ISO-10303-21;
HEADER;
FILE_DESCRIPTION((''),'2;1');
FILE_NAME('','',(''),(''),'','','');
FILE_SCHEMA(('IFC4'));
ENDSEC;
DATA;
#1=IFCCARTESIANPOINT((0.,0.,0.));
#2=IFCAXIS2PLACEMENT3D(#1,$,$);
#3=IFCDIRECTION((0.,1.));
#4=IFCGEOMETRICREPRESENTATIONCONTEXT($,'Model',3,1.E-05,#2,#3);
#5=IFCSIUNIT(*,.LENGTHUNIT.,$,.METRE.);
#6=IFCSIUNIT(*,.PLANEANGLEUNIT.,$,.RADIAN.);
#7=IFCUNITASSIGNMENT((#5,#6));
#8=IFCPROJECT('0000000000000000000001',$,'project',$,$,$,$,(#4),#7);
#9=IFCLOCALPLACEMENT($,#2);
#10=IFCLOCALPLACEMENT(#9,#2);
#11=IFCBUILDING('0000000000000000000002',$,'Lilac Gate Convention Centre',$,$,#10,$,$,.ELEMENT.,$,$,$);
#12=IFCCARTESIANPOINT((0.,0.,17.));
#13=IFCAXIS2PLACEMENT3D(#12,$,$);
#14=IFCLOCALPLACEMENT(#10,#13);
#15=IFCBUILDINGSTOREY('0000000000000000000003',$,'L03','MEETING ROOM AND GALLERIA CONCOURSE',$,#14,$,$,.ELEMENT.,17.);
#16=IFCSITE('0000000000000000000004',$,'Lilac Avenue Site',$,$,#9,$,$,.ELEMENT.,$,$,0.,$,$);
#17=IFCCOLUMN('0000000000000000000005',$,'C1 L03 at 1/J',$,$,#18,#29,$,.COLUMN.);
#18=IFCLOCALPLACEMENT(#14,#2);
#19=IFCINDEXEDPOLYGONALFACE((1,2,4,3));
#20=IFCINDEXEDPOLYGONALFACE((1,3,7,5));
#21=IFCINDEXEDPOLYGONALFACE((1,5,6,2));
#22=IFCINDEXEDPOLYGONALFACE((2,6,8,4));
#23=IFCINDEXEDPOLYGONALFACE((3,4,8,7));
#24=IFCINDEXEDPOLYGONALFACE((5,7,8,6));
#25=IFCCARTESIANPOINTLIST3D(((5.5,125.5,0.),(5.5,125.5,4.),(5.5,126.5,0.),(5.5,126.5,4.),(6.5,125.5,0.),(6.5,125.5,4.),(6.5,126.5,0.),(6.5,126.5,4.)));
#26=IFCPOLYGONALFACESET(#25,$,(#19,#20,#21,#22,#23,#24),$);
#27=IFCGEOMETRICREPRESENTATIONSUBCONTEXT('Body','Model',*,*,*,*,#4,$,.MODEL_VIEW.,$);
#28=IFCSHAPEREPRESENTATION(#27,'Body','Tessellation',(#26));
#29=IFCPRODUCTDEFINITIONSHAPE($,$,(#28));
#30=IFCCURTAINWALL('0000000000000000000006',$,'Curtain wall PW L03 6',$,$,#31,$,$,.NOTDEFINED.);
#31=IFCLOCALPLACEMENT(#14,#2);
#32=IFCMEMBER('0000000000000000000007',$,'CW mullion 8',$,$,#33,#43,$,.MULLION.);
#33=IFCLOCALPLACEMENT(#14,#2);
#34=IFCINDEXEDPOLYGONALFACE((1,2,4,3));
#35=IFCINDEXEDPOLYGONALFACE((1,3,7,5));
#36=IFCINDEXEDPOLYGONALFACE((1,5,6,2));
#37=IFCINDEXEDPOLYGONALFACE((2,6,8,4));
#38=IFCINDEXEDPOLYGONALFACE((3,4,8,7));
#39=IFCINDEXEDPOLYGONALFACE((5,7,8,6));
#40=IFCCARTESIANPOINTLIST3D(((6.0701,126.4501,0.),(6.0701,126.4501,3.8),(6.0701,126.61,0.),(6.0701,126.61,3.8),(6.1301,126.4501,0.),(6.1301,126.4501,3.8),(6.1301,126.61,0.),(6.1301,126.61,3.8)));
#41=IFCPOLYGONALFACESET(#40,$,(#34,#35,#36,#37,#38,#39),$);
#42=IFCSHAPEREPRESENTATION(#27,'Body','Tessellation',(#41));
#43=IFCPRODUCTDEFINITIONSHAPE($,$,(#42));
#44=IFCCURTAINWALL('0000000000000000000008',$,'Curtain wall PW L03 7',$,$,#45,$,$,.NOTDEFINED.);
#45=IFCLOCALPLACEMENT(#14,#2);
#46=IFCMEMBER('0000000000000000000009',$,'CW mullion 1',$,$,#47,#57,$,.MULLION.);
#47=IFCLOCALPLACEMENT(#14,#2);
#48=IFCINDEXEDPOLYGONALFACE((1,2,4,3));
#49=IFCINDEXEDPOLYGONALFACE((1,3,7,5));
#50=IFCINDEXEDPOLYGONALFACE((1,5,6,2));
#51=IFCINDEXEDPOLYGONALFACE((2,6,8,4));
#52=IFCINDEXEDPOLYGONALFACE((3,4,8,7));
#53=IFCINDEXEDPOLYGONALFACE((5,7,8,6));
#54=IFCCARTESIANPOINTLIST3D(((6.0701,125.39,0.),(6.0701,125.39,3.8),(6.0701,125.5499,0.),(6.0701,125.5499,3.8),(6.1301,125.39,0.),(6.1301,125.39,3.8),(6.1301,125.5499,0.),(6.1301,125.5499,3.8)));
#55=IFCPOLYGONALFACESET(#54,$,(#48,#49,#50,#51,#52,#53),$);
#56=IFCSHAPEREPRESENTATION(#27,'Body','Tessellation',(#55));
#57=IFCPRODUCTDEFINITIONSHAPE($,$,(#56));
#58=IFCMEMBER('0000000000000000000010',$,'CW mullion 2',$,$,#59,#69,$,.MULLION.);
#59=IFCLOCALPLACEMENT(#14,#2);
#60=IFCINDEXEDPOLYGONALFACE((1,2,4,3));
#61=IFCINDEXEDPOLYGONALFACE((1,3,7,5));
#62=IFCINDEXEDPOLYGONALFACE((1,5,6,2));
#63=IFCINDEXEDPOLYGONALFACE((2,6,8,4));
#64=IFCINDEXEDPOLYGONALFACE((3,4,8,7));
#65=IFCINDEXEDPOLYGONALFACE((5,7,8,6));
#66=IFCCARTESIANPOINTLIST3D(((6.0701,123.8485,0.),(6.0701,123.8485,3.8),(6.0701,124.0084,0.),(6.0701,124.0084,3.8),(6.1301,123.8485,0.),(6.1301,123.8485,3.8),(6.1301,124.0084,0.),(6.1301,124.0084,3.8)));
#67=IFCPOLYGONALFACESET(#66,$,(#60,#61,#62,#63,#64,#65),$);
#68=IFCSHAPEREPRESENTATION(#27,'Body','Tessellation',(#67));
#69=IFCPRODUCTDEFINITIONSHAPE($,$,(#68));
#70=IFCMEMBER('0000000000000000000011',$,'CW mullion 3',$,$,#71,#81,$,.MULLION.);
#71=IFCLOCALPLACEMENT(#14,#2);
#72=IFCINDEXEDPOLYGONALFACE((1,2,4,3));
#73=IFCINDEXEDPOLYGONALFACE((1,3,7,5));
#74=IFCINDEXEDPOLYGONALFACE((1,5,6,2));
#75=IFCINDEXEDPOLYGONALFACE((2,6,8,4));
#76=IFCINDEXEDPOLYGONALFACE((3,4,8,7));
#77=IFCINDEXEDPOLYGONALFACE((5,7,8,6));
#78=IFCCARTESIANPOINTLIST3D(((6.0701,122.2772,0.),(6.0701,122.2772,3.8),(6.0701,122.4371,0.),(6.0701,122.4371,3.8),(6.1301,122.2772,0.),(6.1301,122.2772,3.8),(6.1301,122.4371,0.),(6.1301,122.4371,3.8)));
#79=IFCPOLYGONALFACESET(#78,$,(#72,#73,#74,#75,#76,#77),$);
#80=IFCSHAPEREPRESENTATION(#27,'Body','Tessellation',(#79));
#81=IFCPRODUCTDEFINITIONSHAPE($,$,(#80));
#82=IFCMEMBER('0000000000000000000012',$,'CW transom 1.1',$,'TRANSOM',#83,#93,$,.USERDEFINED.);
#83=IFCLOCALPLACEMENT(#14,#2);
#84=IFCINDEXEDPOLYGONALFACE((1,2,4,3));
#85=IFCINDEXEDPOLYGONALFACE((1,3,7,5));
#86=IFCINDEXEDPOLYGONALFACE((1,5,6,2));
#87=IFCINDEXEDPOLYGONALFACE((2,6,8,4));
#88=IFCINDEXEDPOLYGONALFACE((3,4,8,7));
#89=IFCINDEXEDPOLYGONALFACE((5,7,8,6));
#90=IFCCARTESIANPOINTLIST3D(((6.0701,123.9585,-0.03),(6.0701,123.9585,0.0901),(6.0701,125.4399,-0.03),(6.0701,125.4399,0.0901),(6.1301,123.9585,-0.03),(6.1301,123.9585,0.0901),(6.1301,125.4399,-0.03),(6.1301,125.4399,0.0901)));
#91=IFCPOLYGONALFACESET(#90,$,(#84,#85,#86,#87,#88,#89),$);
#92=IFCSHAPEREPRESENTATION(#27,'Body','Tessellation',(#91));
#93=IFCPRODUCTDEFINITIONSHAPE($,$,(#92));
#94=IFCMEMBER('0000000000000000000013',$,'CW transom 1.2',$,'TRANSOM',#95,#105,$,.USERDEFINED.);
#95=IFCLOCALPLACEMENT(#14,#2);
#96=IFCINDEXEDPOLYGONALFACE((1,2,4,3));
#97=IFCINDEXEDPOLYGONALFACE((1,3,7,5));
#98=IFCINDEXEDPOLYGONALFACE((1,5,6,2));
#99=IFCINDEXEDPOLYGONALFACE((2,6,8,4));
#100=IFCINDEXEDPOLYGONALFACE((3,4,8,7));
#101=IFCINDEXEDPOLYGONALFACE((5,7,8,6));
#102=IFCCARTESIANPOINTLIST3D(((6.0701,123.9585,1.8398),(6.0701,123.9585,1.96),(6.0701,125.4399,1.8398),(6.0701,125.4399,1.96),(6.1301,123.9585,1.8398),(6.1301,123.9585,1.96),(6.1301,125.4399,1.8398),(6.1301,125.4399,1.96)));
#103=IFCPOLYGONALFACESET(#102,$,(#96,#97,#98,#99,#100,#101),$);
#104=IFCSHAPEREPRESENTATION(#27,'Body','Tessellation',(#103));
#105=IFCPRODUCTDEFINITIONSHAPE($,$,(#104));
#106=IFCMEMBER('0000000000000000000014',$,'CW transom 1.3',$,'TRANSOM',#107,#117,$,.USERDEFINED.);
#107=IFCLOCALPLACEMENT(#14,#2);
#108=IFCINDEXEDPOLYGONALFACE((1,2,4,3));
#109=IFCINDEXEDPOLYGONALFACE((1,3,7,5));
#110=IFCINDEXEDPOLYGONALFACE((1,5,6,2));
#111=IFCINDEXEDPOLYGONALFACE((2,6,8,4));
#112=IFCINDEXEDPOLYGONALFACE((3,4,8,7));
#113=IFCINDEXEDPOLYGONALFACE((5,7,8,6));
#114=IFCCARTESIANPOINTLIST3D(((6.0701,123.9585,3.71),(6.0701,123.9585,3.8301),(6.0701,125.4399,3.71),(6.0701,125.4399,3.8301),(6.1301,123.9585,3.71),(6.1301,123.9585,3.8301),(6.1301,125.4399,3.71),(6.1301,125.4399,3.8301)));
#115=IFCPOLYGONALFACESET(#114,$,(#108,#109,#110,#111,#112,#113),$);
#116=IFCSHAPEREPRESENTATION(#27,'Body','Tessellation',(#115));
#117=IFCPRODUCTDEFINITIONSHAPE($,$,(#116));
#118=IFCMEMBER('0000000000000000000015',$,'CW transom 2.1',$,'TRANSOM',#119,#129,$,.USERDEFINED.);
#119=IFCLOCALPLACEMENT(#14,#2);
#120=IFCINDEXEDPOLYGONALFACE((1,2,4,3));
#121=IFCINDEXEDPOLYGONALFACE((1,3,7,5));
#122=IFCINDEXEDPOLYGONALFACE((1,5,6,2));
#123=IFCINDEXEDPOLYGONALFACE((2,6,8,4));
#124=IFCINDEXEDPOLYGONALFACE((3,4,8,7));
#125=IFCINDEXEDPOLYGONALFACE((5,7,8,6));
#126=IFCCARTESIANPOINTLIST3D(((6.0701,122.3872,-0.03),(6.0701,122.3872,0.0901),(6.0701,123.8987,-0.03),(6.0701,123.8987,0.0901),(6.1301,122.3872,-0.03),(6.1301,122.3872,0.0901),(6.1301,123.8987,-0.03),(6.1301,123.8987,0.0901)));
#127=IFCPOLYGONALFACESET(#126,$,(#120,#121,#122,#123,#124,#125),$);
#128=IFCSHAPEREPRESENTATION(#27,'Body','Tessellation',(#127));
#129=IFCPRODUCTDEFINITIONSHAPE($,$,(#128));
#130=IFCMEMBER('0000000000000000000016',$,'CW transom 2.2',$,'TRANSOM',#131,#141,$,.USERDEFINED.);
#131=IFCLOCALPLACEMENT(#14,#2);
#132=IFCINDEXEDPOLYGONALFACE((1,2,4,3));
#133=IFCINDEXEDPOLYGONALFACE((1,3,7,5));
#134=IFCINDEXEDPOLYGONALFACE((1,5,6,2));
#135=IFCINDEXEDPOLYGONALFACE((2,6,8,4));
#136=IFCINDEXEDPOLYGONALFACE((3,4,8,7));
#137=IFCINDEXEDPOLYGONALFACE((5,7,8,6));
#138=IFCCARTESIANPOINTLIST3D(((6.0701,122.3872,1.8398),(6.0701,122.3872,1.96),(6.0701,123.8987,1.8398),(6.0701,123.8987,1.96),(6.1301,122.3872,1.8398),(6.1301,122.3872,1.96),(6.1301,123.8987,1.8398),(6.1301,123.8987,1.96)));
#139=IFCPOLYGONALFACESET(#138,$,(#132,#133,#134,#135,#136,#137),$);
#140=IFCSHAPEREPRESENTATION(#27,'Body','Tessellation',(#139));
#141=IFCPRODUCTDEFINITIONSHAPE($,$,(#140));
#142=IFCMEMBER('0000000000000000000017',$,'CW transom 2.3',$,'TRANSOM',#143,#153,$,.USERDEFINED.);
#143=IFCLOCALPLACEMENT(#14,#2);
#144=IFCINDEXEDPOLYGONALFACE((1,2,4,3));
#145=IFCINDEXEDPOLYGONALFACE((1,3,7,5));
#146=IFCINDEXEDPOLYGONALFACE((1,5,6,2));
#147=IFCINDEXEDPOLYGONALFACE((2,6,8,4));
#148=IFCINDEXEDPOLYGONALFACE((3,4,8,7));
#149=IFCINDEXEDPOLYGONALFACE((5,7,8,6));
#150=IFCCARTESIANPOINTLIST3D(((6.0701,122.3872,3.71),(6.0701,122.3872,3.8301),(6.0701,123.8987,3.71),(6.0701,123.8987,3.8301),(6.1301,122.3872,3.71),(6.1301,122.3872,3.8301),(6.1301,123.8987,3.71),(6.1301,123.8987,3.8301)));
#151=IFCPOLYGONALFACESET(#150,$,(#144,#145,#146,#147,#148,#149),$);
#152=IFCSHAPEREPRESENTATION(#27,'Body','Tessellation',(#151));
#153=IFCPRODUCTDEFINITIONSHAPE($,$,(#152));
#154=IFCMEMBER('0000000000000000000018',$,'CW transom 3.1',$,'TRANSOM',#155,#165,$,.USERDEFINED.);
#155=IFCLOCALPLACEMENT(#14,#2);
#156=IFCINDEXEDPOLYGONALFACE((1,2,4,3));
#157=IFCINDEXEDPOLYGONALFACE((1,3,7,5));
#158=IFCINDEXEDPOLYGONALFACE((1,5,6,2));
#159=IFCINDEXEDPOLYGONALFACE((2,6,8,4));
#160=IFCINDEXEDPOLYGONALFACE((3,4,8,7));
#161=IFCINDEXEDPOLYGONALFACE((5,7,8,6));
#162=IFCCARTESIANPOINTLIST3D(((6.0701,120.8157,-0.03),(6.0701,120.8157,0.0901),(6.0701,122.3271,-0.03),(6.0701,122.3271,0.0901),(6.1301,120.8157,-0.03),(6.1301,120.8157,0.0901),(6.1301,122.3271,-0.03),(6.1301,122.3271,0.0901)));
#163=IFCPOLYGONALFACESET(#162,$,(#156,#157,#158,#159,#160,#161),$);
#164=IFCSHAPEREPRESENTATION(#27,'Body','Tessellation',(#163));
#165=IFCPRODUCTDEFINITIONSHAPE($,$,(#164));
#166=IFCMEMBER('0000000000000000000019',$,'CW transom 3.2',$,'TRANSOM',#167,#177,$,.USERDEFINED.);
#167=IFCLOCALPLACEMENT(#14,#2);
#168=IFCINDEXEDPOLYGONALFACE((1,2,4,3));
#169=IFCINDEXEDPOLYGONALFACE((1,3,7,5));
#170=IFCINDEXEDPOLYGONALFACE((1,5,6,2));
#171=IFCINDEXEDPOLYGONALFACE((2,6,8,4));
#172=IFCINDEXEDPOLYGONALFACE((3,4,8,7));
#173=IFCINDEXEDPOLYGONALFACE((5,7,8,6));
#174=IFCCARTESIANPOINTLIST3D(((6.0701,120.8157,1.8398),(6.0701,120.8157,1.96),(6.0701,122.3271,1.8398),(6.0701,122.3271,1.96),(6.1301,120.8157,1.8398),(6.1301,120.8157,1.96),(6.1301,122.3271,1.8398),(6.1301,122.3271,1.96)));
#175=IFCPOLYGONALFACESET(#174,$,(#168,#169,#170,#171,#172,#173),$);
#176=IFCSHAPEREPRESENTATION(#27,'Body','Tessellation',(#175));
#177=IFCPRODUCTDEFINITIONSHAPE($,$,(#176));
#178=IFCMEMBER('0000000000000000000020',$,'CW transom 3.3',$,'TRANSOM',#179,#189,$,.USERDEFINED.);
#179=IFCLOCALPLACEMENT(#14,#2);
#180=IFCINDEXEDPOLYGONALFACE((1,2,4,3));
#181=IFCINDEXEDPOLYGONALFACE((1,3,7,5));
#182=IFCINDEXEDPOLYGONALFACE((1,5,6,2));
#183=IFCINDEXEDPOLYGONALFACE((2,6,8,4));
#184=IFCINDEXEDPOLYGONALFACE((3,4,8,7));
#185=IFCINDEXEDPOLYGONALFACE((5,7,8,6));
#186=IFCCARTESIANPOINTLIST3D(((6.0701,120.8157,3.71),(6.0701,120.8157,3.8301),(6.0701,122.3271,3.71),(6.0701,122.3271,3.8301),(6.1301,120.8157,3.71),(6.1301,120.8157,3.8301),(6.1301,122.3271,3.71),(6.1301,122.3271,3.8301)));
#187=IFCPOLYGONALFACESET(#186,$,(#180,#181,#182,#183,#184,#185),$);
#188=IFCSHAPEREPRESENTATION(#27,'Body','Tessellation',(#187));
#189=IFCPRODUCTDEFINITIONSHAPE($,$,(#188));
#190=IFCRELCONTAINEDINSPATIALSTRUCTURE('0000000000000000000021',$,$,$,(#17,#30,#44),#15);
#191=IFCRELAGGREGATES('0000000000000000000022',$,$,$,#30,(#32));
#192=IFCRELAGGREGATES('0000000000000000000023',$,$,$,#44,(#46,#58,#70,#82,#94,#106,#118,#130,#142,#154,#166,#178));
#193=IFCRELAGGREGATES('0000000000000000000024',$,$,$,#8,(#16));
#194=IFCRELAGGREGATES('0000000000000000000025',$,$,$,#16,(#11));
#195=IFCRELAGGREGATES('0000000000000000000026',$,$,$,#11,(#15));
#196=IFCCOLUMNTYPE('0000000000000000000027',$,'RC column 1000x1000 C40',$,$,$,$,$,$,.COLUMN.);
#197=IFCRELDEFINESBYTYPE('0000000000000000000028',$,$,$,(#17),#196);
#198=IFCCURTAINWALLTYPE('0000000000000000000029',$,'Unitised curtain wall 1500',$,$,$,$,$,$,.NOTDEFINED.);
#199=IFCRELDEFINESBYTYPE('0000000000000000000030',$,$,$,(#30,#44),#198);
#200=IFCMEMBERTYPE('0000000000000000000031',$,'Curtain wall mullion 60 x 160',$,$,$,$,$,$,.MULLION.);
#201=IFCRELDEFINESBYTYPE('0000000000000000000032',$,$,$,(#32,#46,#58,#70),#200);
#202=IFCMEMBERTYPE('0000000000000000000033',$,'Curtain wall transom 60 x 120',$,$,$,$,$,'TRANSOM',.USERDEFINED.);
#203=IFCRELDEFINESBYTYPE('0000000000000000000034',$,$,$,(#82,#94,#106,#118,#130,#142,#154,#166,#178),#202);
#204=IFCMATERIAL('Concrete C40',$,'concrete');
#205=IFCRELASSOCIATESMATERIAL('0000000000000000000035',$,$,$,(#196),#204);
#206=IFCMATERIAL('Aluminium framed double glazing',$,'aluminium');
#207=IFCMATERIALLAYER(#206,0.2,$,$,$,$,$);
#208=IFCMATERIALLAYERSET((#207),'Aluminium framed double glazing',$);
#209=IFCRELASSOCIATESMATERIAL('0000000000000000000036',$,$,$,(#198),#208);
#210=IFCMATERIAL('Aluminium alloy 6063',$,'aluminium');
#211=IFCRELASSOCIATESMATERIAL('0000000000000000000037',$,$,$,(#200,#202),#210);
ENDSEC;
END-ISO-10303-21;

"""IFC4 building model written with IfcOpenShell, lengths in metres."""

from ifc_helpers import new_model, si_unit, direction, frame, origin, origin_2d, place, context, subcontext, project, spatial, rectangle, extrude, material, layer, layer_set, material_profile, profile_set, type_object, element, aggregate, save


model = new_model("IFC4")

# Units and contexts
model_context = context("Model", 3, precision=1e-05, world=origin(), true_north=direction((0.0, 1.0)))
body_context = subcontext(model_context, "Body", "Model", "MODEL_VIEW")
ifc_project = project(units=[si_unit("LENGTHUNIT", "METRE"), si_unit("PLANEANGLEUNIT", "RADIAN")], contexts=[model_context])

# Site, building, storey
site_placement = place(None, origin())
site = spatial("IfcSite", under=ifc_project, at=site_placement, Name="Lilac Avenue Site", CompositionType="ELEMENT", RefElevation=0.0)
building_placement = place(site_placement, origin())
building = spatial("IfcBuilding", under=site, at=building_placement, Name="Lilac Gate Convention Centre", CompositionType="ELEMENT")
storey_placement = place(building_placement, frame((0.0, 0.0, 17.0)))
storey = spatial("IfcBuildingStorey", under=building, at=storey_placement, Name="L03", Description="MEETING ROOM AND GALLERIA CONCOURSE", CompositionType="ELEMENT", Elevation=17.0)

# Column
ifc_material_1 = material(Name="Concrete C40", Category="concrete")
ifc_material_profile_1 = material_profile(ifc_material_1, rectangle(XDim=1.0, YDim=1.0, at=origin_2d()), Name="RC 1000x1000")
ifc_profile_set_1 = profile_set([ifc_material_profile_1], Name="Concrete C40")
column_type = type_object("IfcColumnType", Name="RC column 1000x1000 C40", PredefinedType="COLUMN", material=ifc_profile_set_1)
column_placement = place(storey_placement, frame((6.0, 126.0, 0.0), z_axis=(0.0, 0.0, 1.0), x_axis=(1.0, 0.0, 0.0)))
element("IfcColumn", 1, at=column_placement, inside=storey, type_object=column_type, Name="C1 L03 at 1/J", PredefinedType="COLUMN", context=body_context, shape_type="SweptSolid", body=[
    extrude(rectangle(XDim=1.0, YDim=1.0, at=origin_2d()), origin(), (0.0, 0.0, 1.0), 4.0),
])

# Curtain wall, member
ifc_material_2 = material(Name="Aluminium framed double glazing", Category="aluminium")
ifc_layer_1 = layer(ifc_material_2, 0.2)
ifc_layer_set_1 = layer_set([ifc_layer_1], Name="Aluminium framed double glazing")
curtain_wall_type = type_object("IfcCurtainWallType", Name="Unitised curtain wall 1500", PredefinedType="NOTDEFINED", material=ifc_layer_set_1)
curtain_wall_1_placement = place(storey_placement, origin())
curtain_wall_1 = element("IfcCurtainWall", 2, at=curtain_wall_1_placement, inside=storey, type_object=curtain_wall_type, Name="Curtain wall PW L03 6", PredefinedType="NOTDEFINED")
ifc_material_3 = material(Name="Aluminium alloy 6063", Category="aluminium")
ifc_material_profile_2 = material_profile(ifc_material_3, rectangle(XDim=0.0601, YDim=0.1599, at=origin_2d()), Name="Curtain wall mullion 60 x 160")
ifc_profile_set_2 = profile_set([ifc_material_profile_2], Name="Aluminium alloy 6063")
member_type_1 = type_object("IfcMemberType", Name="Curtain wall mullion 60 x 160", PredefinedType="MULLION", material=ifc_profile_set_2)
member_1_placement = place(storey_placement, frame((6.1001, 126.53, 0.0), z_axis=(0.0, 0.0, 1.0), x_axis=(1.0, 0.0, 0.0)))
member_1 = element("IfcMember", 3, at=member_1_placement, type_object=member_type_1, Name="CW mullion 8", PredefinedType="MULLION", context=body_context, shape_type="SweptSolid", body=[
    extrude(rectangle(XDim=0.0601, YDim=0.1599, at=origin_2d()), origin(), (0.0, 0.0, 1.0), 3.8),
])

# Curtain wall, members
curtain_wall_2_placement = place(storey_placement, origin())
curtain_wall_2 = element("IfcCurtainWall", 4, at=curtain_wall_2_placement, inside=storey, type_object=curtain_wall_type, Name="Curtain wall PW L03 7", PredefinedType="NOTDEFINED")
member_2_placement = place(storey_placement, frame((6.1001, 125.47, 0.0), z_axis=(0.0, 0.0, 1.0), x_axis=(1.0, 0.0, 0.0)))
member_2 = element("IfcMember", 5, at=member_2_placement, type_object=member_type_1, Name="CW mullion 1", PredefinedType="MULLION", context=body_context, shape_type="SweptSolid", body=[
    extrude(rectangle(XDim=0.0601, YDim=0.1599, at=origin_2d()), origin(), (0.0, 0.0, 1.0), 3.8),
])
member_3_placement = place(storey_placement, frame((6.1001, 123.9285, 0.0), z_axis=(0.0, 0.0, 1.0), x_axis=(1.0, 0.0, 0.0)))
member_3 = element("IfcMember", 6, at=member_3_placement, type_object=member_type_1, Name="CW mullion 2", PredefinedType="MULLION", context=body_context, shape_type="SweptSolid", body=[
    extrude(rectangle(XDim=0.0601, YDim=0.1599, at=origin_2d()), origin(), (0.0, 0.0, 1.0), 3.8),
])
member_4_placement = place(storey_placement, frame((6.1001, 122.3572, 0.0), z_axis=(0.0, 0.0, 1.0), x_axis=(1.0, 0.0, 0.0)))
member_4 = element("IfcMember", 7, at=member_4_placement, type_object=member_type_1, Name="CW mullion 3", PredefinedType="MULLION", context=body_context, shape_type="SweptSolid", body=[
    extrude(rectangle(XDim=0.0601, YDim=0.1599, at=origin_2d()), origin(), (0.0, 0.0, 1.0), 3.8),
])
ifc_material_profile_3 = material_profile(ifc_material_3, rectangle(XDim=0.0601, YDim=0.1201, at=origin_2d()), Name="Curtain wall transom 60 x 120")
ifc_profile_set_3 = profile_set([ifc_material_profile_3], Name="Aluminium alloy 6063")
member_type_2 = type_object("IfcMemberType", Name="Curtain wall transom 60 x 120", ElementType="TRANSOM", PredefinedType="USERDEFINED", material=ifc_profile_set_3)
member_5_placement = place(storey_placement, frame((6.1001, 125.4399, 0.03), z_axis=(0.0, -1.0, 0.0), x_axis=(1.0, 0.0, 0.0)))
member_5 = element("IfcMember", 8, at=member_5_placement, type_object=member_type_2, Name="CW transom 1.1", ObjectType="TRANSOM", PredefinedType="USERDEFINED", context=body_context, shape_type="SweptSolid", body=[
    extrude(rectangle(XDim=0.0601, YDim=0.1201, at=origin_2d()), origin(), (0.0, 0.0, 1.0), 1.4814),
])
member_6_placement = place(storey_placement, frame((6.1001, 125.4399, 1.8999), z_axis=(0.0, -1.0, 0.0), x_axis=(1.0, 0.0, 0.0)))
member_6 = element("IfcMember", 9, at=member_6_placement, type_object=member_type_2, Name="CW transom 1.2", ObjectType="TRANSOM", PredefinedType="USERDEFINED", context=body_context, shape_type="SweptSolid", body=[
    extrude(rectangle(XDim=0.0601, YDim=0.1201, at=origin_2d()), origin(), (0.0, 0.0, 1.0), 1.4814),
])
member_7_placement = place(storey_placement, frame((6.1001, 125.4399, 3.77), z_axis=(0.0, -1.0, 0.0), x_axis=(1.0, 0.0, 0.0)))
member_7 = element("IfcMember", 10, at=member_7_placement, type_object=member_type_2, Name="CW transom 1.3", ObjectType="TRANSOM", PredefinedType="USERDEFINED", context=body_context, shape_type="SweptSolid", body=[
    extrude(rectangle(XDim=0.0601, YDim=0.1201, at=origin_2d()), origin(), (0.0, 0.0, 1.0), 1.4814),
])
member_8_placement = place(storey_placement, frame((6.1001, 123.8987, 0.03), z_axis=(0.0, -1.0, 0.0), x_axis=(1.0, 0.0, 0.0)))
member_8 = element("IfcMember", 11, at=member_8_placement, type_object=member_type_2, Name="CW transom 2.1", ObjectType="TRANSOM", PredefinedType="USERDEFINED", context=body_context, shape_type="SweptSolid", body=[
    extrude(rectangle(XDim=0.0601, YDim=0.1201, at=origin_2d()), origin(), (0.0, 0.0, 1.0), 1.5115),
])
member_9_placement = place(storey_placement, frame((6.1001, 123.8987, 1.8999), z_axis=(0.0, -1.0, 0.0), x_axis=(1.0, 0.0, 0.0)))
member_9 = element("IfcMember", 12, at=member_9_placement, type_object=member_type_2, Name="CW transom 2.2", ObjectType="TRANSOM", PredefinedType="USERDEFINED", context=body_context, shape_type="SweptSolid", body=[
    extrude(rectangle(XDim=0.0601, YDim=0.1201, at=origin_2d()), origin(), (0.0, 0.0, 1.0), 1.5115),
])
member_10_placement = place(storey_placement, frame((6.1001, 123.8987, 3.77), z_axis=(0.0, -1.0, 0.0), x_axis=(1.0, 0.0, 0.0)))
member_10 = element("IfcMember", 13, at=member_10_placement, type_object=member_type_2, Name="CW transom 2.3", ObjectType="TRANSOM", PredefinedType="USERDEFINED", context=body_context, shape_type="SweptSolid", body=[
    extrude(rectangle(XDim=0.0601, YDim=0.1201, at=origin_2d()), origin(), (0.0, 0.0, 1.0), 1.5115),
])
member_11_placement = place(storey_placement, frame((6.1001, 122.3271, 0.03), z_axis=(0.0, -1.0, 0.0), x_axis=(1.0, 0.0, 0.0)))
member_11 = element("IfcMember", 14, at=member_11_placement, type_object=member_type_2, Name="CW transom 3.1", ObjectType="TRANSOM", PredefinedType="USERDEFINED", context=body_context, shape_type="SweptSolid", body=[
    extrude(rectangle(XDim=0.0601, YDim=0.1201, at=origin_2d()), origin(), (0.0, 0.0, 1.0), 1.5115),
])
member_12_placement = place(storey_placement, frame((6.1001, 122.3271, 1.8999), z_axis=(0.0, -1.0, 0.0), x_axis=(1.0, 0.0, 0.0)))
member_12 = element("IfcMember", 15, at=member_12_placement, type_object=member_type_2, Name="CW transom 3.2", ObjectType="TRANSOM", PredefinedType="USERDEFINED", context=body_context, shape_type="SweptSolid", body=[
    extrude(rectangle(XDim=0.0601, YDim=0.1201, at=origin_2d()), origin(), (0.0, 0.0, 1.0), 1.5115),
])
member_13_placement = place(storey_placement, frame((6.1001, 122.3271, 3.77), z_axis=(0.0, -1.0, 0.0), x_axis=(1.0, 0.0, 0.0)))
member_13 = element("IfcMember", 16, at=member_13_placement, type_object=member_type_2, Name="CW transom 3.3", ObjectType="TRANSOM", PredefinedType="USERDEFINED", context=body_context, shape_type="SweptSolid", body=[
    extrude(rectangle(XDim=0.0601, YDim=0.1201, at=origin_2d()), origin(), (0.0, 0.0, 1.0), 1.5115),
])

aggregate(curtain_wall_1, [member_1])
aggregate(curtain_wall_2, [member_2, member_3, member_4, member_5, member_6, member_7, member_8, member_9, member_10, member_11, member_12, member_13])

save(model, "model.ifc")
